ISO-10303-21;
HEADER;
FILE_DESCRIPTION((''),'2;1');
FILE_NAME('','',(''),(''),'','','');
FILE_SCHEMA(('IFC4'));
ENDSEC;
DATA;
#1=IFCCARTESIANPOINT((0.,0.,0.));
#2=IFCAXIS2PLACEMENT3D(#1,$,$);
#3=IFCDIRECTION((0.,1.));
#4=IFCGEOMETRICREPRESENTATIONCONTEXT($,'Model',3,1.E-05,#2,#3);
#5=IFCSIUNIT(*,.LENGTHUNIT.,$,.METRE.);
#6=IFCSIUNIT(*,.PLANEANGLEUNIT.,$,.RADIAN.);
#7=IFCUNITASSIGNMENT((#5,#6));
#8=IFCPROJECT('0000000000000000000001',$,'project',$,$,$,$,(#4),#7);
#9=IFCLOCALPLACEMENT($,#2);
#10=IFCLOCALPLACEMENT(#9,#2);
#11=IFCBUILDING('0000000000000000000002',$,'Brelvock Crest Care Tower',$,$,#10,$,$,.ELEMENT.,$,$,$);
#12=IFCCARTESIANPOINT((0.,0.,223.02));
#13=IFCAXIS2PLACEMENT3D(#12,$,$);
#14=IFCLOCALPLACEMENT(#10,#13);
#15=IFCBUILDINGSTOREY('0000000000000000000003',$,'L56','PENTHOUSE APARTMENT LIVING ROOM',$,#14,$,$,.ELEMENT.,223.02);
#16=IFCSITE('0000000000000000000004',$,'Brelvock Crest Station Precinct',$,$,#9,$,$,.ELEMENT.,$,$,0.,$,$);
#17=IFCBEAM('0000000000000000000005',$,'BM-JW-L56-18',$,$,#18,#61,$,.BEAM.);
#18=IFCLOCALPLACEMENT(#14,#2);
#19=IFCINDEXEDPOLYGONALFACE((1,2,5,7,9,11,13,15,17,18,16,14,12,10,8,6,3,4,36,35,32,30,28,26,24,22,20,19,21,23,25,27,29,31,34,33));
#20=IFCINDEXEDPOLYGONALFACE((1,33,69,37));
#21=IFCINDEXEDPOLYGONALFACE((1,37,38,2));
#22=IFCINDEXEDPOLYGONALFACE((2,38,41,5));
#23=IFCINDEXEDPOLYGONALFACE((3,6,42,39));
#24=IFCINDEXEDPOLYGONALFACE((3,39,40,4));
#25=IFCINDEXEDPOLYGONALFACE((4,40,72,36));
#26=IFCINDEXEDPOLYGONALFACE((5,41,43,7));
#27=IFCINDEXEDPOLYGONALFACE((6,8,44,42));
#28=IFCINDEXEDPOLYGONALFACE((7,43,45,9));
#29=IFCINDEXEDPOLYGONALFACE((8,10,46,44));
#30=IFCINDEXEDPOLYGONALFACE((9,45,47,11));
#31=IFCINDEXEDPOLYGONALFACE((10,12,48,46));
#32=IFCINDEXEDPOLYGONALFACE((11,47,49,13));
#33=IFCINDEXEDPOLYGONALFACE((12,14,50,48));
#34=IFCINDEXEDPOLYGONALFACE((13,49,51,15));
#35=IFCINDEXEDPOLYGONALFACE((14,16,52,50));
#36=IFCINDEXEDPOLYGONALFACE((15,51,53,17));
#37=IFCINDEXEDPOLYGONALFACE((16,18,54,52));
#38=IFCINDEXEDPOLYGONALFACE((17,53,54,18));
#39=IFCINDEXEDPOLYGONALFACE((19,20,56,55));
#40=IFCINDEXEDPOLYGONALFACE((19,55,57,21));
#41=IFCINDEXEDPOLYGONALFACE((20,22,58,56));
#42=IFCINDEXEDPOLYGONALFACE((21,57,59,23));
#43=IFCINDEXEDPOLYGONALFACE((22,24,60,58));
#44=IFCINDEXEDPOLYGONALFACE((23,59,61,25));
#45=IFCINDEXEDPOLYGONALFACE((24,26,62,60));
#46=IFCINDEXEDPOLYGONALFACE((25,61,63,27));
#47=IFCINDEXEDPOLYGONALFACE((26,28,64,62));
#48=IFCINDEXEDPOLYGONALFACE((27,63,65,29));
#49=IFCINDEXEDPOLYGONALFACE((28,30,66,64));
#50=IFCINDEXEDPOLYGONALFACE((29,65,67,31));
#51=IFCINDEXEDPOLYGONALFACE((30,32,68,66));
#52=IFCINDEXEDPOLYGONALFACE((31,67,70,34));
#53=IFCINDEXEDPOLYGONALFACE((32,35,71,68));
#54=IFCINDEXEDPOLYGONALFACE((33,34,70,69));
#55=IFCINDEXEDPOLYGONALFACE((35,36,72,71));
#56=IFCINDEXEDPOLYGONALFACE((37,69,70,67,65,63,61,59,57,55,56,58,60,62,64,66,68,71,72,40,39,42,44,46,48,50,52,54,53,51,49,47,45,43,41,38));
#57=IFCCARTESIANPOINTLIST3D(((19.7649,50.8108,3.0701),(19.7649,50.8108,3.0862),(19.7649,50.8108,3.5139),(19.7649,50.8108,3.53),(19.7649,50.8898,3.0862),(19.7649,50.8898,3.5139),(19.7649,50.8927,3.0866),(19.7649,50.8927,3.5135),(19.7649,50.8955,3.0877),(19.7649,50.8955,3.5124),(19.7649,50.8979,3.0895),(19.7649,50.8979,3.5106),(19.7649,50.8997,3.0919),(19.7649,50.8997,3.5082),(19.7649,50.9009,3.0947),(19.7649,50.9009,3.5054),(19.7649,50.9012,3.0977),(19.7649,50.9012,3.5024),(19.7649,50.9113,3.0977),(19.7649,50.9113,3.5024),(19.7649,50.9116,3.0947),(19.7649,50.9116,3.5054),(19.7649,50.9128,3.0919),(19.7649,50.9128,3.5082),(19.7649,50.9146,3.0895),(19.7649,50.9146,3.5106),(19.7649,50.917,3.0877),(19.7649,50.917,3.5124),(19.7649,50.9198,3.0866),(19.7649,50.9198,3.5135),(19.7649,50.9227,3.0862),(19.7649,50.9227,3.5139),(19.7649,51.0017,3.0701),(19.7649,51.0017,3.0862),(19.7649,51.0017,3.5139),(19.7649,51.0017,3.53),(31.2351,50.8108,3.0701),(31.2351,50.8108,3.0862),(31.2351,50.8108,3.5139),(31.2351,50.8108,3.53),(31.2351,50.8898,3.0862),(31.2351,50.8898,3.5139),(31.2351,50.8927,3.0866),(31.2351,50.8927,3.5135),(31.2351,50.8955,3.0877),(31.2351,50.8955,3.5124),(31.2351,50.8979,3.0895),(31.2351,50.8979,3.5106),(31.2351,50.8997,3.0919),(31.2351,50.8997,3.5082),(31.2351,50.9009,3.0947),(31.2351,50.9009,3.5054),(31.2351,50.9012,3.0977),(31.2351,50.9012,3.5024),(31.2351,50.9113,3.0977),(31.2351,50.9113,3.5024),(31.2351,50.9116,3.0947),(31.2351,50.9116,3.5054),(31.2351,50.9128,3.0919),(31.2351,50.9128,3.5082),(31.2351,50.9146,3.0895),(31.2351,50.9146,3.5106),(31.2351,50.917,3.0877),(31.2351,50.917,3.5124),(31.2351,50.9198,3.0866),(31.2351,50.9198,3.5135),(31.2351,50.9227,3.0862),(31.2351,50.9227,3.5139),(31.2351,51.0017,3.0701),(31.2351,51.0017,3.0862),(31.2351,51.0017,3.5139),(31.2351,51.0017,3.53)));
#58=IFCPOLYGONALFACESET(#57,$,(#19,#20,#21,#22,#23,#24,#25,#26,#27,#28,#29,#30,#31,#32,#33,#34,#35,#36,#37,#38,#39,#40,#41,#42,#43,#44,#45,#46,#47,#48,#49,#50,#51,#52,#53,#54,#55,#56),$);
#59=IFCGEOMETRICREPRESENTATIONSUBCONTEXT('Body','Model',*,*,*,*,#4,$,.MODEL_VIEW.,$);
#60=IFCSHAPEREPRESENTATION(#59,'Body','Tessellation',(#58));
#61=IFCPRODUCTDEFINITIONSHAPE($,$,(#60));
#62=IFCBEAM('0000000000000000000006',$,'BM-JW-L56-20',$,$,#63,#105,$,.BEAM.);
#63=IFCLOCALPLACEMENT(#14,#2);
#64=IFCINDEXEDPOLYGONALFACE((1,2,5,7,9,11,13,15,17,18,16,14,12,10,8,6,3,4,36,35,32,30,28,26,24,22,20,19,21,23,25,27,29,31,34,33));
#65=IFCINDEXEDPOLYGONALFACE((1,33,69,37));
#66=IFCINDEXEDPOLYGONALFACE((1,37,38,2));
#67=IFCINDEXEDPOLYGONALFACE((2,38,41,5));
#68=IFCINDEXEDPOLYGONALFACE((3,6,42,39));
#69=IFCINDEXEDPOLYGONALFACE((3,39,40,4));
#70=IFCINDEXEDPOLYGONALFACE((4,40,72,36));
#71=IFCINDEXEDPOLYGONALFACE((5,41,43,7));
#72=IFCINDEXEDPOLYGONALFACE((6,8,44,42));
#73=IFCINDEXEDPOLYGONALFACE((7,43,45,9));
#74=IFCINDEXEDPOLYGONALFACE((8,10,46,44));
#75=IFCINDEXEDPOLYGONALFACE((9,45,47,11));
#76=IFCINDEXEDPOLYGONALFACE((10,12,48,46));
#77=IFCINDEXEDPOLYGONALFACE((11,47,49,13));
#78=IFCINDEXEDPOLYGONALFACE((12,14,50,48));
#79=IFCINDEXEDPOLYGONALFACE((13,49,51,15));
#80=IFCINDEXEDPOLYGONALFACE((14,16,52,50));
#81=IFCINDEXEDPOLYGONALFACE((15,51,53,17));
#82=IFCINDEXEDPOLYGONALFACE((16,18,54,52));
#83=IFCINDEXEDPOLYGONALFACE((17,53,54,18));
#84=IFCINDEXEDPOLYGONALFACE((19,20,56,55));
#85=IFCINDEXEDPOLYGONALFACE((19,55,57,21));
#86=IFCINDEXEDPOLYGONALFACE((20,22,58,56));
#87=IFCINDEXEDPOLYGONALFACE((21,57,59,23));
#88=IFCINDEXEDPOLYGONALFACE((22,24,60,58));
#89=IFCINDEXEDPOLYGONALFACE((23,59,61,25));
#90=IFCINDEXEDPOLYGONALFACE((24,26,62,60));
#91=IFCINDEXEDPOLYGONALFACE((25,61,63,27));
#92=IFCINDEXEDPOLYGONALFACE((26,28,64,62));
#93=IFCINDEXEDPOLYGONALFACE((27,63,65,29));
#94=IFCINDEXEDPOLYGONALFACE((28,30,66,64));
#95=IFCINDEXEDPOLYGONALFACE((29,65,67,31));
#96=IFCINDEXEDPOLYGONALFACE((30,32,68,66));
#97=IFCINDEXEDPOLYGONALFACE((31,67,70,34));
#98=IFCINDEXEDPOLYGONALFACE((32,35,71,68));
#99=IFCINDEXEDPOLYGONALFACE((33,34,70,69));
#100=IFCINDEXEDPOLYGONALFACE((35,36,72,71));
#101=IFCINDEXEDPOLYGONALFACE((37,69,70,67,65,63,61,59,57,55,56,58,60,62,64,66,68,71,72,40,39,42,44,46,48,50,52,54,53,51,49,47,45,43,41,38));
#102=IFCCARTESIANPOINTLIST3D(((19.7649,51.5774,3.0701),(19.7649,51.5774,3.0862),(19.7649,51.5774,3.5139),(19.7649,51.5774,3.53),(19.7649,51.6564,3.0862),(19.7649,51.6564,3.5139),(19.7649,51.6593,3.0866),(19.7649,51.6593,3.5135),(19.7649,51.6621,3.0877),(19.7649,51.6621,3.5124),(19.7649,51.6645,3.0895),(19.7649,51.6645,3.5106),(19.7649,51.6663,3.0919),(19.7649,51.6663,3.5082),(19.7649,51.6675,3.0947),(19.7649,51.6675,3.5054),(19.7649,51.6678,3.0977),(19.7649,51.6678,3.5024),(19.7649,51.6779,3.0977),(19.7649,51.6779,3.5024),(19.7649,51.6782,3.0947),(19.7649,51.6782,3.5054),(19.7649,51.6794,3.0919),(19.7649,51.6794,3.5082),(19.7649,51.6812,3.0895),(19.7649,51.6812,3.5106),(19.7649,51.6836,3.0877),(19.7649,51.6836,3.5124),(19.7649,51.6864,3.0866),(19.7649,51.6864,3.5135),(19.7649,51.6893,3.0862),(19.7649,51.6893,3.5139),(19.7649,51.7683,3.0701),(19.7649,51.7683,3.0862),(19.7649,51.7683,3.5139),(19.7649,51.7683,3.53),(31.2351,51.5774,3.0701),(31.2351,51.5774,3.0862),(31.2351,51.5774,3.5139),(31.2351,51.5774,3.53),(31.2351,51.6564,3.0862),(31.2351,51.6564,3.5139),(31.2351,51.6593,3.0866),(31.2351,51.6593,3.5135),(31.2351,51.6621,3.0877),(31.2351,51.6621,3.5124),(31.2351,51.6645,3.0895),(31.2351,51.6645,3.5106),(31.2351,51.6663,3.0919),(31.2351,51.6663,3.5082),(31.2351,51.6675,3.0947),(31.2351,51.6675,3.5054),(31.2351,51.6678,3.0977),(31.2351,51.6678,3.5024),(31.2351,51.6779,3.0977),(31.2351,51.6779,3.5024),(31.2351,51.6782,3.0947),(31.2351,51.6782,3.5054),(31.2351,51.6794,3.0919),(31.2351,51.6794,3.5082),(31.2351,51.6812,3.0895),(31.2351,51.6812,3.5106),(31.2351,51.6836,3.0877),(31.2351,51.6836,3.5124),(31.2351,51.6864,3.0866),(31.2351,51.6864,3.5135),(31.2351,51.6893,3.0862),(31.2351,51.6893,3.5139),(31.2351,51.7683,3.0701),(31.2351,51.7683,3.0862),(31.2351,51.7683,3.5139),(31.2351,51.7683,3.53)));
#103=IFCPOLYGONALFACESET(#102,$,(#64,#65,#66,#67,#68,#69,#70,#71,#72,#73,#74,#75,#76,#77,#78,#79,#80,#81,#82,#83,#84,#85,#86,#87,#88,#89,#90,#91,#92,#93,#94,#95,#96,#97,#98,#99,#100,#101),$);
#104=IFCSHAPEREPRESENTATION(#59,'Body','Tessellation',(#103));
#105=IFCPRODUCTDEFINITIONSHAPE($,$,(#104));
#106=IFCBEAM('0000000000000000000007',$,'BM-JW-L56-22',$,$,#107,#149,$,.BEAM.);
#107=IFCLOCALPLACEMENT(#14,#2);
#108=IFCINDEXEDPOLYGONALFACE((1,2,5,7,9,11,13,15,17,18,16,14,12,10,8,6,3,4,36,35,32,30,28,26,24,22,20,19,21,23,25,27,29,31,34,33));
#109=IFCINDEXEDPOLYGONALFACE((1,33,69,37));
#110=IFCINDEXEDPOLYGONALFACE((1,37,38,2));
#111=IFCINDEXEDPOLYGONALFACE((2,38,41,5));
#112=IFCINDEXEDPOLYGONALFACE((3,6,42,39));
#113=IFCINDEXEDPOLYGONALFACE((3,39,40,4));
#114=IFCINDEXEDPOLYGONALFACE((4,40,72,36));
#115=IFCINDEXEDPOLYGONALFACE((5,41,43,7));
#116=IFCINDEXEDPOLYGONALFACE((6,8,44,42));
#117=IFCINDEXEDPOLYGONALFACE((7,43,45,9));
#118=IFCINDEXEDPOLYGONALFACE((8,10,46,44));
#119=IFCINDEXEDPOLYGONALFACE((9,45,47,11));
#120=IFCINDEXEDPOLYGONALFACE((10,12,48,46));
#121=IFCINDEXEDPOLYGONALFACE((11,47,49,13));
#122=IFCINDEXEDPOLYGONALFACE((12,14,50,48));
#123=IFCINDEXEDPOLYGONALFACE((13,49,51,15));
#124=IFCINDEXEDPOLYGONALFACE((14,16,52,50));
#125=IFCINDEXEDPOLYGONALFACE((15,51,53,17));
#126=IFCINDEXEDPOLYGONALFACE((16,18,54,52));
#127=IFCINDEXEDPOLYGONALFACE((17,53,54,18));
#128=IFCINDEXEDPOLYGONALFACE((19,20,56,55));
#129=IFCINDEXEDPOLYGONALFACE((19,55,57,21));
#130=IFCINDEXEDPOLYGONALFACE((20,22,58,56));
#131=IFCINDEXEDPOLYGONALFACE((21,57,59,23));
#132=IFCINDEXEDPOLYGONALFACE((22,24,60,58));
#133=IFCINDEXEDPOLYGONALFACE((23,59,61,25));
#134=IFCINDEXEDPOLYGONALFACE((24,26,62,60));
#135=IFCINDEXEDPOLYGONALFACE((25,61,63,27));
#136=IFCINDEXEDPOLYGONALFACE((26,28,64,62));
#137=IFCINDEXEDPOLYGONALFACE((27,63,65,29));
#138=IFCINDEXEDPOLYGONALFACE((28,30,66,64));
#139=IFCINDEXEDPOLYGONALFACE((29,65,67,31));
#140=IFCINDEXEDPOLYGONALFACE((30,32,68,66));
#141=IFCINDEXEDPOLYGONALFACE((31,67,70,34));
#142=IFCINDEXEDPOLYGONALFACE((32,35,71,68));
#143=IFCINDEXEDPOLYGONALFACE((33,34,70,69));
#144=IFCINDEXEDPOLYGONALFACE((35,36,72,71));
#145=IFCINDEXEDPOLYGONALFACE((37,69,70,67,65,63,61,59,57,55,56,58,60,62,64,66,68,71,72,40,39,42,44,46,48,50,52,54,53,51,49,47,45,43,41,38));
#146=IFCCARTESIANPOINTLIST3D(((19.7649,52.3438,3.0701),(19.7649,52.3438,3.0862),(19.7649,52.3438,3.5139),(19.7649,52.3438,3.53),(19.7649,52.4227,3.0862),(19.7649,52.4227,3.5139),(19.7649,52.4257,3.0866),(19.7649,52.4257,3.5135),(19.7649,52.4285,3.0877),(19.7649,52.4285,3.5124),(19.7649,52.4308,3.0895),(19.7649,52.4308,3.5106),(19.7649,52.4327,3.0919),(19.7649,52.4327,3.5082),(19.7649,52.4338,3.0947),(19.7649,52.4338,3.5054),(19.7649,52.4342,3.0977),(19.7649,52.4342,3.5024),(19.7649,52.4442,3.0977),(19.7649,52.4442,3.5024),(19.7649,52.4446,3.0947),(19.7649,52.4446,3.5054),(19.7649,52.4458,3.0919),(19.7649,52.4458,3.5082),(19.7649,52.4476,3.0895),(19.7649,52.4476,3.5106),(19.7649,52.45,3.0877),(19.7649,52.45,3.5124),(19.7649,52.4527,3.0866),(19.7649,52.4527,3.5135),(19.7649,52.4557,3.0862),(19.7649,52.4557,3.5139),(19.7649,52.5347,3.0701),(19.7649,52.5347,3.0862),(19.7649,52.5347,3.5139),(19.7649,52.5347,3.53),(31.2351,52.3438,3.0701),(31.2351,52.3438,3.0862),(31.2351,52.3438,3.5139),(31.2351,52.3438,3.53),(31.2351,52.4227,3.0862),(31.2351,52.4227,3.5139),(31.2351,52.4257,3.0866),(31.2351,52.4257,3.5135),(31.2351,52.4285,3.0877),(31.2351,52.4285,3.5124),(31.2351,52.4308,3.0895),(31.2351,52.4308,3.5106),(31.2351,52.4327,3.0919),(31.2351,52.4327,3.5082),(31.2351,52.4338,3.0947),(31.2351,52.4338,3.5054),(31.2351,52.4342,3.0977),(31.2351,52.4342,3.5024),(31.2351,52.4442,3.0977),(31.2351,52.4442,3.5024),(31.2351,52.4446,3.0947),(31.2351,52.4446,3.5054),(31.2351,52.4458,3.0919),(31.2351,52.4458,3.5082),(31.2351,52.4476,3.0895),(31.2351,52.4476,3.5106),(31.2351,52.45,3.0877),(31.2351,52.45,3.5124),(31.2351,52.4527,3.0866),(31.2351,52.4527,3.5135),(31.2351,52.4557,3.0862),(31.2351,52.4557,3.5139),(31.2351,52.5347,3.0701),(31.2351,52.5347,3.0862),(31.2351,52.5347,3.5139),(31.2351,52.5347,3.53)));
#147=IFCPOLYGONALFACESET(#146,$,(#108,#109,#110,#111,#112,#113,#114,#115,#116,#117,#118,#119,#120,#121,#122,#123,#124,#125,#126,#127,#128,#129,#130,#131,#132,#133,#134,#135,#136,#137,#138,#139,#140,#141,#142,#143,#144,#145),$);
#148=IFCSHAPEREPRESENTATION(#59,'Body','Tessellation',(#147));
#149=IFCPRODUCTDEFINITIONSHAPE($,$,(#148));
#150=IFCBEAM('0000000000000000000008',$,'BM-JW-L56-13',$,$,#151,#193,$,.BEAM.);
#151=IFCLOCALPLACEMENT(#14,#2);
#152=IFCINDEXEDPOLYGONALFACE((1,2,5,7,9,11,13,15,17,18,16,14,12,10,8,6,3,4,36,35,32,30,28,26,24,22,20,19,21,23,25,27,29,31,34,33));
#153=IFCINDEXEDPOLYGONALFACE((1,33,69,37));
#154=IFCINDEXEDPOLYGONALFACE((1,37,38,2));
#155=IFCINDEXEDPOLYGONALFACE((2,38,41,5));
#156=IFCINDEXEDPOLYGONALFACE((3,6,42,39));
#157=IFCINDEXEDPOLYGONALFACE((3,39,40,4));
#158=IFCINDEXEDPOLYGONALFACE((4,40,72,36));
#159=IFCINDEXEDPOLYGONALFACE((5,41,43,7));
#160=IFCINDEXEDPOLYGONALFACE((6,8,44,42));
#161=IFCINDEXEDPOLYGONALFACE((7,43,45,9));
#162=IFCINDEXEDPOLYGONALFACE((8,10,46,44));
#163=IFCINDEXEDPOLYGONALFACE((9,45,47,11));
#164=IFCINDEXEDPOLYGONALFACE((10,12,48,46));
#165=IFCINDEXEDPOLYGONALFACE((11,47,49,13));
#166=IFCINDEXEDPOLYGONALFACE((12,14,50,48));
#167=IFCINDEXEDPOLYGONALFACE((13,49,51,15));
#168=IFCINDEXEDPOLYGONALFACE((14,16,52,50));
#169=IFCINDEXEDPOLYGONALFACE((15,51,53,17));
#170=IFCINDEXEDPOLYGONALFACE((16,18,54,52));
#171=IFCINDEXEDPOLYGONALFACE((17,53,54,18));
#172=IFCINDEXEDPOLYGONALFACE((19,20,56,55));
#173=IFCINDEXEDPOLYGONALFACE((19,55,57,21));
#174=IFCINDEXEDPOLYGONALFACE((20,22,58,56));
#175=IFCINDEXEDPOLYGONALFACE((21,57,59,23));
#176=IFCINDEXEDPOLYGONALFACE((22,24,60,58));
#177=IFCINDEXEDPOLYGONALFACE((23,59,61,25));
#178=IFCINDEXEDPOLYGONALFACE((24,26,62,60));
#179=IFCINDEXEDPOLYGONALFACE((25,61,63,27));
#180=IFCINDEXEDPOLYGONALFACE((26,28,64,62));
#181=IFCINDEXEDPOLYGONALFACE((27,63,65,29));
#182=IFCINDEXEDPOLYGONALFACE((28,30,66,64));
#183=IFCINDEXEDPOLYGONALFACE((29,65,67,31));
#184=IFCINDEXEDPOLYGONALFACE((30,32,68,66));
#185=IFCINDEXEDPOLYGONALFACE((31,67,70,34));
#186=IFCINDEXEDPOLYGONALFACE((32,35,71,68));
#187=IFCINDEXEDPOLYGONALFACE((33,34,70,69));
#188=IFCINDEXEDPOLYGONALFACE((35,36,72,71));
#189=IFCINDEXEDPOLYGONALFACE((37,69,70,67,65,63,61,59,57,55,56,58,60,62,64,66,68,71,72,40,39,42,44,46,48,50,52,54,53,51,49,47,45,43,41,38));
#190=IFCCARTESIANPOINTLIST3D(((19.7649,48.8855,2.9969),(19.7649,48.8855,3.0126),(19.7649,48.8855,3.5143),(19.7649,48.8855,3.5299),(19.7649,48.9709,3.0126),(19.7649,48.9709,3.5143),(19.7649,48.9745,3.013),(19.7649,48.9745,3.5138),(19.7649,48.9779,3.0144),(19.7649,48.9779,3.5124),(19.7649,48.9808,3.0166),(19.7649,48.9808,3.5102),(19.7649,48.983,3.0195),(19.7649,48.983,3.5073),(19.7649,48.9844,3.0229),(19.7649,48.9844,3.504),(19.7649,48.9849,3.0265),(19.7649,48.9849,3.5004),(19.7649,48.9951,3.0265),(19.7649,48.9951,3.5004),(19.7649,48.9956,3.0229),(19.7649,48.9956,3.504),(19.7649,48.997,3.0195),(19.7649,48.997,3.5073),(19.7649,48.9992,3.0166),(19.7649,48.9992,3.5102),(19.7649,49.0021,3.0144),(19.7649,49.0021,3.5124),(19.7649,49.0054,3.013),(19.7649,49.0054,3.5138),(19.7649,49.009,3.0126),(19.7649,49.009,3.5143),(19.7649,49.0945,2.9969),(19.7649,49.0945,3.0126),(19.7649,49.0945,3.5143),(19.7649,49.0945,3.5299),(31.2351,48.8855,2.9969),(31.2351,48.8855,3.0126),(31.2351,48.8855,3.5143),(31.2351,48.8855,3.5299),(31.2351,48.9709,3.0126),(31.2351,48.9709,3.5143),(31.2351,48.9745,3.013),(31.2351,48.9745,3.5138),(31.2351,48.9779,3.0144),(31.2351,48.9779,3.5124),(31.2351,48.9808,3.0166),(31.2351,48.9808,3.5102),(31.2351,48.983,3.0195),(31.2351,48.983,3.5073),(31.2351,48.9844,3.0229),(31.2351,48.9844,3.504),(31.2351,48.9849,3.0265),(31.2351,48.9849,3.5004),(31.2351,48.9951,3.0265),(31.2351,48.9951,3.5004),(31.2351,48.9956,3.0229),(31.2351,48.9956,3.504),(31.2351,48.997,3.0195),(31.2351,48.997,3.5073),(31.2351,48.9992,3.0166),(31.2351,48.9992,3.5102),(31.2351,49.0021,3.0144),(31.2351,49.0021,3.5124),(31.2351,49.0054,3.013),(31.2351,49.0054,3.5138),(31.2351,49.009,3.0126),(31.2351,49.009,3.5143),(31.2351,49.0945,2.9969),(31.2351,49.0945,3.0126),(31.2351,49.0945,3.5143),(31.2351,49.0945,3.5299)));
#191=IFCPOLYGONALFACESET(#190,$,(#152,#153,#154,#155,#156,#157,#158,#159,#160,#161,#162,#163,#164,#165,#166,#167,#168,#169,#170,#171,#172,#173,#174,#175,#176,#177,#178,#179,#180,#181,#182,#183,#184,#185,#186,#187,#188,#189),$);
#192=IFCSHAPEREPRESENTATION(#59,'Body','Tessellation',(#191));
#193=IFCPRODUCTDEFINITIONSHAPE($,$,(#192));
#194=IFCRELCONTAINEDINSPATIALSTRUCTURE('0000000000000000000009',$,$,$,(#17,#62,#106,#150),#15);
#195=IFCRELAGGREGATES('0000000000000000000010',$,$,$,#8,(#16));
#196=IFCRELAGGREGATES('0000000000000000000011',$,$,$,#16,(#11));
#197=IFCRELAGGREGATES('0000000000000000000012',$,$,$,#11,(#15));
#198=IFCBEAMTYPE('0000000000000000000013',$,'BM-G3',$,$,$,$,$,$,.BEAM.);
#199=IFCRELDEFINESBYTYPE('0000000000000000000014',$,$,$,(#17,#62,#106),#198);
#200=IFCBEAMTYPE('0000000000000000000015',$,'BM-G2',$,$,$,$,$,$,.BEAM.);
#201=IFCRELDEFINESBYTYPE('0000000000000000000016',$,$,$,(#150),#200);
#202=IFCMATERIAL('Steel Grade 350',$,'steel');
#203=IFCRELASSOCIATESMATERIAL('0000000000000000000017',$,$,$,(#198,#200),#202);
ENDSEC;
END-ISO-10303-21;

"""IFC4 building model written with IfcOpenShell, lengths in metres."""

from ifc_helpers import new_model, si_unit, direction, frame, origin, origin_2d, place, context, subcontext, project, spatial, i_section, extrude, source, transform, mapped, material, material_profile, profile_set, type_object, element, save


model = new_model("IFC4")

# Units and contexts
model_context = context("Model", 3, precision=1e-05, world=origin(), true_north=direction((0.0, 1.0)))
body_context = subcontext(model_context, "Body", "Model", "MODEL_VIEW")
ifc_project = project(units=[si_unit("LENGTHUNIT", "METRE"), si_unit("PLANEANGLEUNIT", "RADIAN")], contexts=[model_context])

# Site, building, storey
site_placement = place(None, origin())
site = spatial("IfcSite", under=ifc_project, at=site_placement, Name="Brelvock Crest Station Precinct", CompositionType="ELEMENT", RefElevation=0.0)
building_placement = place(site_placement, origin())
building = spatial("IfcBuilding", under=site, at=building_placement, Name="Brelvock Crest Care Tower", CompositionType="ELEMENT")
storey_placement = place(building_placement, frame((0.0, 0.0, 223.02)))
storey = spatial("IfcBuildingStorey", under=building, at=storey_placement, Name="L56", Description="PENTHOUSE APARTMENT LIVING ROOM", CompositionType="ELEMENT", Elevation=223.02)

# Beams
ifc_material_1 = material(Name="Steel Grade 350", Category="steel")
ifc_material_profile_1 = material_profile(ifc_material_1, i_section(OverallWidth=0.1909, OverallDepth=0.46, WebThickness=0.01, FlangeThickness=0.0161, FilletRadius=0.0115, at=origin_2d()), Name="460UB82.1")
ifc_profile_set_1 = profile_set([ifc_material_profile_1], Name="Steel Grade 350")
beam_type_1 = type_object("IfcBeamType", Name="BM-G3", PredefinedType="BEAM", material=ifc_profile_set_1)
shared_shape_1 = source(origin(), body_context, "Body", "SweptSolid", [
    extrude(i_section(OverallWidth=0.1909, OverallDepth=0.46, WebThickness=0.01, FlangeThickness=0.0161, FilletRadius=0.0115, at=origin_2d()), origin(), (0.0, 0.0, 1.0), 11.4702),
])
for number, where, z_axis, x_axis, name in (
    (1, (19.7649, 50.9062, 3.3), (1.0, 0.0, 0.0), (0.0, 1.0, 0.0), "BM-JW-L56-18"),
    (2, (19.7649, 51.6729, 3.3), (1.0, 0.0, 0.0), (0.0, 1.0, 0.0), "BM-JW-L56-20"),
    (3, (19.7649, 52.4392, 3.3), (1.0, 0.0, 0.0), (0.0, 1.0, 0.0), "BM-JW-L56-22"),
):
    element("IfcBeam", number, at=place(storey_placement, frame(where, z_axis=z_axis, x_axis=x_axis)), inside=storey, type_object=beam_type_1, Name=name, PredefinedType="BEAM", context=body_context, shape_type="MappedRepresentation", body=[
        mapped(shared_shape_1, transform((0.0, 0.0, 0.0), x_axis=(1.0, 0.0, 0.0), y_axis=(0.0, 1.0, 0.0), z_axis=(0.0, 0.0, 1.0), scale=1.0)),
    ])
ifc_material_profile_2 = material_profile(ifc_material_1, i_section(OverallWidth=0.209, OverallDepth=0.533, WebThickness=0.0103, FlangeThickness=0.0156, FilletRadius=0.0139, at=origin_2d()), Name="530UB92.4")
ifc_profile_set_2 = profile_set([ifc_material_profile_2], Name="Steel Grade 350")
beam_type_2 = type_object("IfcBeamType", Name="BM-G2", PredefinedType="BEAM", material=ifc_profile_set_2)
shared_shape_2 = source(origin(), body_context, "Body", "SweptSolid", [
    extrude(i_section(OverallWidth=0.209, OverallDepth=0.533, WebThickness=0.0103, FlangeThickness=0.0156, FilletRadius=0.0139, at=origin_2d()), origin(), (0.0, 0.0, 1.0), 11.4702),
])
for number, where, z_axis, x_axis, name in (
    (4, (19.7649, 48.99, 3.2634), (1.0, 0.0, 0.0), (0.0, 1.0, 0.0), "BM-JW-L56-13"),
):
    element("IfcBeam", number, at=place(storey_placement, frame(where, z_axis=z_axis, x_axis=x_axis)), inside=storey, type_object=beam_type_2, Name=name, PredefinedType="BEAM", context=body_context, shape_type="MappedRepresentation", body=[
        mapped(shared_shape_2, transform((0.0, 0.0, 0.0), x_axis=(1.0, 0.0, 0.0), y_axis=(0.0, 1.0, 0.0), z_axis=(0.0, 0.0, 1.0), scale=1.0)),
    ])

save(model, "model.ifc")
